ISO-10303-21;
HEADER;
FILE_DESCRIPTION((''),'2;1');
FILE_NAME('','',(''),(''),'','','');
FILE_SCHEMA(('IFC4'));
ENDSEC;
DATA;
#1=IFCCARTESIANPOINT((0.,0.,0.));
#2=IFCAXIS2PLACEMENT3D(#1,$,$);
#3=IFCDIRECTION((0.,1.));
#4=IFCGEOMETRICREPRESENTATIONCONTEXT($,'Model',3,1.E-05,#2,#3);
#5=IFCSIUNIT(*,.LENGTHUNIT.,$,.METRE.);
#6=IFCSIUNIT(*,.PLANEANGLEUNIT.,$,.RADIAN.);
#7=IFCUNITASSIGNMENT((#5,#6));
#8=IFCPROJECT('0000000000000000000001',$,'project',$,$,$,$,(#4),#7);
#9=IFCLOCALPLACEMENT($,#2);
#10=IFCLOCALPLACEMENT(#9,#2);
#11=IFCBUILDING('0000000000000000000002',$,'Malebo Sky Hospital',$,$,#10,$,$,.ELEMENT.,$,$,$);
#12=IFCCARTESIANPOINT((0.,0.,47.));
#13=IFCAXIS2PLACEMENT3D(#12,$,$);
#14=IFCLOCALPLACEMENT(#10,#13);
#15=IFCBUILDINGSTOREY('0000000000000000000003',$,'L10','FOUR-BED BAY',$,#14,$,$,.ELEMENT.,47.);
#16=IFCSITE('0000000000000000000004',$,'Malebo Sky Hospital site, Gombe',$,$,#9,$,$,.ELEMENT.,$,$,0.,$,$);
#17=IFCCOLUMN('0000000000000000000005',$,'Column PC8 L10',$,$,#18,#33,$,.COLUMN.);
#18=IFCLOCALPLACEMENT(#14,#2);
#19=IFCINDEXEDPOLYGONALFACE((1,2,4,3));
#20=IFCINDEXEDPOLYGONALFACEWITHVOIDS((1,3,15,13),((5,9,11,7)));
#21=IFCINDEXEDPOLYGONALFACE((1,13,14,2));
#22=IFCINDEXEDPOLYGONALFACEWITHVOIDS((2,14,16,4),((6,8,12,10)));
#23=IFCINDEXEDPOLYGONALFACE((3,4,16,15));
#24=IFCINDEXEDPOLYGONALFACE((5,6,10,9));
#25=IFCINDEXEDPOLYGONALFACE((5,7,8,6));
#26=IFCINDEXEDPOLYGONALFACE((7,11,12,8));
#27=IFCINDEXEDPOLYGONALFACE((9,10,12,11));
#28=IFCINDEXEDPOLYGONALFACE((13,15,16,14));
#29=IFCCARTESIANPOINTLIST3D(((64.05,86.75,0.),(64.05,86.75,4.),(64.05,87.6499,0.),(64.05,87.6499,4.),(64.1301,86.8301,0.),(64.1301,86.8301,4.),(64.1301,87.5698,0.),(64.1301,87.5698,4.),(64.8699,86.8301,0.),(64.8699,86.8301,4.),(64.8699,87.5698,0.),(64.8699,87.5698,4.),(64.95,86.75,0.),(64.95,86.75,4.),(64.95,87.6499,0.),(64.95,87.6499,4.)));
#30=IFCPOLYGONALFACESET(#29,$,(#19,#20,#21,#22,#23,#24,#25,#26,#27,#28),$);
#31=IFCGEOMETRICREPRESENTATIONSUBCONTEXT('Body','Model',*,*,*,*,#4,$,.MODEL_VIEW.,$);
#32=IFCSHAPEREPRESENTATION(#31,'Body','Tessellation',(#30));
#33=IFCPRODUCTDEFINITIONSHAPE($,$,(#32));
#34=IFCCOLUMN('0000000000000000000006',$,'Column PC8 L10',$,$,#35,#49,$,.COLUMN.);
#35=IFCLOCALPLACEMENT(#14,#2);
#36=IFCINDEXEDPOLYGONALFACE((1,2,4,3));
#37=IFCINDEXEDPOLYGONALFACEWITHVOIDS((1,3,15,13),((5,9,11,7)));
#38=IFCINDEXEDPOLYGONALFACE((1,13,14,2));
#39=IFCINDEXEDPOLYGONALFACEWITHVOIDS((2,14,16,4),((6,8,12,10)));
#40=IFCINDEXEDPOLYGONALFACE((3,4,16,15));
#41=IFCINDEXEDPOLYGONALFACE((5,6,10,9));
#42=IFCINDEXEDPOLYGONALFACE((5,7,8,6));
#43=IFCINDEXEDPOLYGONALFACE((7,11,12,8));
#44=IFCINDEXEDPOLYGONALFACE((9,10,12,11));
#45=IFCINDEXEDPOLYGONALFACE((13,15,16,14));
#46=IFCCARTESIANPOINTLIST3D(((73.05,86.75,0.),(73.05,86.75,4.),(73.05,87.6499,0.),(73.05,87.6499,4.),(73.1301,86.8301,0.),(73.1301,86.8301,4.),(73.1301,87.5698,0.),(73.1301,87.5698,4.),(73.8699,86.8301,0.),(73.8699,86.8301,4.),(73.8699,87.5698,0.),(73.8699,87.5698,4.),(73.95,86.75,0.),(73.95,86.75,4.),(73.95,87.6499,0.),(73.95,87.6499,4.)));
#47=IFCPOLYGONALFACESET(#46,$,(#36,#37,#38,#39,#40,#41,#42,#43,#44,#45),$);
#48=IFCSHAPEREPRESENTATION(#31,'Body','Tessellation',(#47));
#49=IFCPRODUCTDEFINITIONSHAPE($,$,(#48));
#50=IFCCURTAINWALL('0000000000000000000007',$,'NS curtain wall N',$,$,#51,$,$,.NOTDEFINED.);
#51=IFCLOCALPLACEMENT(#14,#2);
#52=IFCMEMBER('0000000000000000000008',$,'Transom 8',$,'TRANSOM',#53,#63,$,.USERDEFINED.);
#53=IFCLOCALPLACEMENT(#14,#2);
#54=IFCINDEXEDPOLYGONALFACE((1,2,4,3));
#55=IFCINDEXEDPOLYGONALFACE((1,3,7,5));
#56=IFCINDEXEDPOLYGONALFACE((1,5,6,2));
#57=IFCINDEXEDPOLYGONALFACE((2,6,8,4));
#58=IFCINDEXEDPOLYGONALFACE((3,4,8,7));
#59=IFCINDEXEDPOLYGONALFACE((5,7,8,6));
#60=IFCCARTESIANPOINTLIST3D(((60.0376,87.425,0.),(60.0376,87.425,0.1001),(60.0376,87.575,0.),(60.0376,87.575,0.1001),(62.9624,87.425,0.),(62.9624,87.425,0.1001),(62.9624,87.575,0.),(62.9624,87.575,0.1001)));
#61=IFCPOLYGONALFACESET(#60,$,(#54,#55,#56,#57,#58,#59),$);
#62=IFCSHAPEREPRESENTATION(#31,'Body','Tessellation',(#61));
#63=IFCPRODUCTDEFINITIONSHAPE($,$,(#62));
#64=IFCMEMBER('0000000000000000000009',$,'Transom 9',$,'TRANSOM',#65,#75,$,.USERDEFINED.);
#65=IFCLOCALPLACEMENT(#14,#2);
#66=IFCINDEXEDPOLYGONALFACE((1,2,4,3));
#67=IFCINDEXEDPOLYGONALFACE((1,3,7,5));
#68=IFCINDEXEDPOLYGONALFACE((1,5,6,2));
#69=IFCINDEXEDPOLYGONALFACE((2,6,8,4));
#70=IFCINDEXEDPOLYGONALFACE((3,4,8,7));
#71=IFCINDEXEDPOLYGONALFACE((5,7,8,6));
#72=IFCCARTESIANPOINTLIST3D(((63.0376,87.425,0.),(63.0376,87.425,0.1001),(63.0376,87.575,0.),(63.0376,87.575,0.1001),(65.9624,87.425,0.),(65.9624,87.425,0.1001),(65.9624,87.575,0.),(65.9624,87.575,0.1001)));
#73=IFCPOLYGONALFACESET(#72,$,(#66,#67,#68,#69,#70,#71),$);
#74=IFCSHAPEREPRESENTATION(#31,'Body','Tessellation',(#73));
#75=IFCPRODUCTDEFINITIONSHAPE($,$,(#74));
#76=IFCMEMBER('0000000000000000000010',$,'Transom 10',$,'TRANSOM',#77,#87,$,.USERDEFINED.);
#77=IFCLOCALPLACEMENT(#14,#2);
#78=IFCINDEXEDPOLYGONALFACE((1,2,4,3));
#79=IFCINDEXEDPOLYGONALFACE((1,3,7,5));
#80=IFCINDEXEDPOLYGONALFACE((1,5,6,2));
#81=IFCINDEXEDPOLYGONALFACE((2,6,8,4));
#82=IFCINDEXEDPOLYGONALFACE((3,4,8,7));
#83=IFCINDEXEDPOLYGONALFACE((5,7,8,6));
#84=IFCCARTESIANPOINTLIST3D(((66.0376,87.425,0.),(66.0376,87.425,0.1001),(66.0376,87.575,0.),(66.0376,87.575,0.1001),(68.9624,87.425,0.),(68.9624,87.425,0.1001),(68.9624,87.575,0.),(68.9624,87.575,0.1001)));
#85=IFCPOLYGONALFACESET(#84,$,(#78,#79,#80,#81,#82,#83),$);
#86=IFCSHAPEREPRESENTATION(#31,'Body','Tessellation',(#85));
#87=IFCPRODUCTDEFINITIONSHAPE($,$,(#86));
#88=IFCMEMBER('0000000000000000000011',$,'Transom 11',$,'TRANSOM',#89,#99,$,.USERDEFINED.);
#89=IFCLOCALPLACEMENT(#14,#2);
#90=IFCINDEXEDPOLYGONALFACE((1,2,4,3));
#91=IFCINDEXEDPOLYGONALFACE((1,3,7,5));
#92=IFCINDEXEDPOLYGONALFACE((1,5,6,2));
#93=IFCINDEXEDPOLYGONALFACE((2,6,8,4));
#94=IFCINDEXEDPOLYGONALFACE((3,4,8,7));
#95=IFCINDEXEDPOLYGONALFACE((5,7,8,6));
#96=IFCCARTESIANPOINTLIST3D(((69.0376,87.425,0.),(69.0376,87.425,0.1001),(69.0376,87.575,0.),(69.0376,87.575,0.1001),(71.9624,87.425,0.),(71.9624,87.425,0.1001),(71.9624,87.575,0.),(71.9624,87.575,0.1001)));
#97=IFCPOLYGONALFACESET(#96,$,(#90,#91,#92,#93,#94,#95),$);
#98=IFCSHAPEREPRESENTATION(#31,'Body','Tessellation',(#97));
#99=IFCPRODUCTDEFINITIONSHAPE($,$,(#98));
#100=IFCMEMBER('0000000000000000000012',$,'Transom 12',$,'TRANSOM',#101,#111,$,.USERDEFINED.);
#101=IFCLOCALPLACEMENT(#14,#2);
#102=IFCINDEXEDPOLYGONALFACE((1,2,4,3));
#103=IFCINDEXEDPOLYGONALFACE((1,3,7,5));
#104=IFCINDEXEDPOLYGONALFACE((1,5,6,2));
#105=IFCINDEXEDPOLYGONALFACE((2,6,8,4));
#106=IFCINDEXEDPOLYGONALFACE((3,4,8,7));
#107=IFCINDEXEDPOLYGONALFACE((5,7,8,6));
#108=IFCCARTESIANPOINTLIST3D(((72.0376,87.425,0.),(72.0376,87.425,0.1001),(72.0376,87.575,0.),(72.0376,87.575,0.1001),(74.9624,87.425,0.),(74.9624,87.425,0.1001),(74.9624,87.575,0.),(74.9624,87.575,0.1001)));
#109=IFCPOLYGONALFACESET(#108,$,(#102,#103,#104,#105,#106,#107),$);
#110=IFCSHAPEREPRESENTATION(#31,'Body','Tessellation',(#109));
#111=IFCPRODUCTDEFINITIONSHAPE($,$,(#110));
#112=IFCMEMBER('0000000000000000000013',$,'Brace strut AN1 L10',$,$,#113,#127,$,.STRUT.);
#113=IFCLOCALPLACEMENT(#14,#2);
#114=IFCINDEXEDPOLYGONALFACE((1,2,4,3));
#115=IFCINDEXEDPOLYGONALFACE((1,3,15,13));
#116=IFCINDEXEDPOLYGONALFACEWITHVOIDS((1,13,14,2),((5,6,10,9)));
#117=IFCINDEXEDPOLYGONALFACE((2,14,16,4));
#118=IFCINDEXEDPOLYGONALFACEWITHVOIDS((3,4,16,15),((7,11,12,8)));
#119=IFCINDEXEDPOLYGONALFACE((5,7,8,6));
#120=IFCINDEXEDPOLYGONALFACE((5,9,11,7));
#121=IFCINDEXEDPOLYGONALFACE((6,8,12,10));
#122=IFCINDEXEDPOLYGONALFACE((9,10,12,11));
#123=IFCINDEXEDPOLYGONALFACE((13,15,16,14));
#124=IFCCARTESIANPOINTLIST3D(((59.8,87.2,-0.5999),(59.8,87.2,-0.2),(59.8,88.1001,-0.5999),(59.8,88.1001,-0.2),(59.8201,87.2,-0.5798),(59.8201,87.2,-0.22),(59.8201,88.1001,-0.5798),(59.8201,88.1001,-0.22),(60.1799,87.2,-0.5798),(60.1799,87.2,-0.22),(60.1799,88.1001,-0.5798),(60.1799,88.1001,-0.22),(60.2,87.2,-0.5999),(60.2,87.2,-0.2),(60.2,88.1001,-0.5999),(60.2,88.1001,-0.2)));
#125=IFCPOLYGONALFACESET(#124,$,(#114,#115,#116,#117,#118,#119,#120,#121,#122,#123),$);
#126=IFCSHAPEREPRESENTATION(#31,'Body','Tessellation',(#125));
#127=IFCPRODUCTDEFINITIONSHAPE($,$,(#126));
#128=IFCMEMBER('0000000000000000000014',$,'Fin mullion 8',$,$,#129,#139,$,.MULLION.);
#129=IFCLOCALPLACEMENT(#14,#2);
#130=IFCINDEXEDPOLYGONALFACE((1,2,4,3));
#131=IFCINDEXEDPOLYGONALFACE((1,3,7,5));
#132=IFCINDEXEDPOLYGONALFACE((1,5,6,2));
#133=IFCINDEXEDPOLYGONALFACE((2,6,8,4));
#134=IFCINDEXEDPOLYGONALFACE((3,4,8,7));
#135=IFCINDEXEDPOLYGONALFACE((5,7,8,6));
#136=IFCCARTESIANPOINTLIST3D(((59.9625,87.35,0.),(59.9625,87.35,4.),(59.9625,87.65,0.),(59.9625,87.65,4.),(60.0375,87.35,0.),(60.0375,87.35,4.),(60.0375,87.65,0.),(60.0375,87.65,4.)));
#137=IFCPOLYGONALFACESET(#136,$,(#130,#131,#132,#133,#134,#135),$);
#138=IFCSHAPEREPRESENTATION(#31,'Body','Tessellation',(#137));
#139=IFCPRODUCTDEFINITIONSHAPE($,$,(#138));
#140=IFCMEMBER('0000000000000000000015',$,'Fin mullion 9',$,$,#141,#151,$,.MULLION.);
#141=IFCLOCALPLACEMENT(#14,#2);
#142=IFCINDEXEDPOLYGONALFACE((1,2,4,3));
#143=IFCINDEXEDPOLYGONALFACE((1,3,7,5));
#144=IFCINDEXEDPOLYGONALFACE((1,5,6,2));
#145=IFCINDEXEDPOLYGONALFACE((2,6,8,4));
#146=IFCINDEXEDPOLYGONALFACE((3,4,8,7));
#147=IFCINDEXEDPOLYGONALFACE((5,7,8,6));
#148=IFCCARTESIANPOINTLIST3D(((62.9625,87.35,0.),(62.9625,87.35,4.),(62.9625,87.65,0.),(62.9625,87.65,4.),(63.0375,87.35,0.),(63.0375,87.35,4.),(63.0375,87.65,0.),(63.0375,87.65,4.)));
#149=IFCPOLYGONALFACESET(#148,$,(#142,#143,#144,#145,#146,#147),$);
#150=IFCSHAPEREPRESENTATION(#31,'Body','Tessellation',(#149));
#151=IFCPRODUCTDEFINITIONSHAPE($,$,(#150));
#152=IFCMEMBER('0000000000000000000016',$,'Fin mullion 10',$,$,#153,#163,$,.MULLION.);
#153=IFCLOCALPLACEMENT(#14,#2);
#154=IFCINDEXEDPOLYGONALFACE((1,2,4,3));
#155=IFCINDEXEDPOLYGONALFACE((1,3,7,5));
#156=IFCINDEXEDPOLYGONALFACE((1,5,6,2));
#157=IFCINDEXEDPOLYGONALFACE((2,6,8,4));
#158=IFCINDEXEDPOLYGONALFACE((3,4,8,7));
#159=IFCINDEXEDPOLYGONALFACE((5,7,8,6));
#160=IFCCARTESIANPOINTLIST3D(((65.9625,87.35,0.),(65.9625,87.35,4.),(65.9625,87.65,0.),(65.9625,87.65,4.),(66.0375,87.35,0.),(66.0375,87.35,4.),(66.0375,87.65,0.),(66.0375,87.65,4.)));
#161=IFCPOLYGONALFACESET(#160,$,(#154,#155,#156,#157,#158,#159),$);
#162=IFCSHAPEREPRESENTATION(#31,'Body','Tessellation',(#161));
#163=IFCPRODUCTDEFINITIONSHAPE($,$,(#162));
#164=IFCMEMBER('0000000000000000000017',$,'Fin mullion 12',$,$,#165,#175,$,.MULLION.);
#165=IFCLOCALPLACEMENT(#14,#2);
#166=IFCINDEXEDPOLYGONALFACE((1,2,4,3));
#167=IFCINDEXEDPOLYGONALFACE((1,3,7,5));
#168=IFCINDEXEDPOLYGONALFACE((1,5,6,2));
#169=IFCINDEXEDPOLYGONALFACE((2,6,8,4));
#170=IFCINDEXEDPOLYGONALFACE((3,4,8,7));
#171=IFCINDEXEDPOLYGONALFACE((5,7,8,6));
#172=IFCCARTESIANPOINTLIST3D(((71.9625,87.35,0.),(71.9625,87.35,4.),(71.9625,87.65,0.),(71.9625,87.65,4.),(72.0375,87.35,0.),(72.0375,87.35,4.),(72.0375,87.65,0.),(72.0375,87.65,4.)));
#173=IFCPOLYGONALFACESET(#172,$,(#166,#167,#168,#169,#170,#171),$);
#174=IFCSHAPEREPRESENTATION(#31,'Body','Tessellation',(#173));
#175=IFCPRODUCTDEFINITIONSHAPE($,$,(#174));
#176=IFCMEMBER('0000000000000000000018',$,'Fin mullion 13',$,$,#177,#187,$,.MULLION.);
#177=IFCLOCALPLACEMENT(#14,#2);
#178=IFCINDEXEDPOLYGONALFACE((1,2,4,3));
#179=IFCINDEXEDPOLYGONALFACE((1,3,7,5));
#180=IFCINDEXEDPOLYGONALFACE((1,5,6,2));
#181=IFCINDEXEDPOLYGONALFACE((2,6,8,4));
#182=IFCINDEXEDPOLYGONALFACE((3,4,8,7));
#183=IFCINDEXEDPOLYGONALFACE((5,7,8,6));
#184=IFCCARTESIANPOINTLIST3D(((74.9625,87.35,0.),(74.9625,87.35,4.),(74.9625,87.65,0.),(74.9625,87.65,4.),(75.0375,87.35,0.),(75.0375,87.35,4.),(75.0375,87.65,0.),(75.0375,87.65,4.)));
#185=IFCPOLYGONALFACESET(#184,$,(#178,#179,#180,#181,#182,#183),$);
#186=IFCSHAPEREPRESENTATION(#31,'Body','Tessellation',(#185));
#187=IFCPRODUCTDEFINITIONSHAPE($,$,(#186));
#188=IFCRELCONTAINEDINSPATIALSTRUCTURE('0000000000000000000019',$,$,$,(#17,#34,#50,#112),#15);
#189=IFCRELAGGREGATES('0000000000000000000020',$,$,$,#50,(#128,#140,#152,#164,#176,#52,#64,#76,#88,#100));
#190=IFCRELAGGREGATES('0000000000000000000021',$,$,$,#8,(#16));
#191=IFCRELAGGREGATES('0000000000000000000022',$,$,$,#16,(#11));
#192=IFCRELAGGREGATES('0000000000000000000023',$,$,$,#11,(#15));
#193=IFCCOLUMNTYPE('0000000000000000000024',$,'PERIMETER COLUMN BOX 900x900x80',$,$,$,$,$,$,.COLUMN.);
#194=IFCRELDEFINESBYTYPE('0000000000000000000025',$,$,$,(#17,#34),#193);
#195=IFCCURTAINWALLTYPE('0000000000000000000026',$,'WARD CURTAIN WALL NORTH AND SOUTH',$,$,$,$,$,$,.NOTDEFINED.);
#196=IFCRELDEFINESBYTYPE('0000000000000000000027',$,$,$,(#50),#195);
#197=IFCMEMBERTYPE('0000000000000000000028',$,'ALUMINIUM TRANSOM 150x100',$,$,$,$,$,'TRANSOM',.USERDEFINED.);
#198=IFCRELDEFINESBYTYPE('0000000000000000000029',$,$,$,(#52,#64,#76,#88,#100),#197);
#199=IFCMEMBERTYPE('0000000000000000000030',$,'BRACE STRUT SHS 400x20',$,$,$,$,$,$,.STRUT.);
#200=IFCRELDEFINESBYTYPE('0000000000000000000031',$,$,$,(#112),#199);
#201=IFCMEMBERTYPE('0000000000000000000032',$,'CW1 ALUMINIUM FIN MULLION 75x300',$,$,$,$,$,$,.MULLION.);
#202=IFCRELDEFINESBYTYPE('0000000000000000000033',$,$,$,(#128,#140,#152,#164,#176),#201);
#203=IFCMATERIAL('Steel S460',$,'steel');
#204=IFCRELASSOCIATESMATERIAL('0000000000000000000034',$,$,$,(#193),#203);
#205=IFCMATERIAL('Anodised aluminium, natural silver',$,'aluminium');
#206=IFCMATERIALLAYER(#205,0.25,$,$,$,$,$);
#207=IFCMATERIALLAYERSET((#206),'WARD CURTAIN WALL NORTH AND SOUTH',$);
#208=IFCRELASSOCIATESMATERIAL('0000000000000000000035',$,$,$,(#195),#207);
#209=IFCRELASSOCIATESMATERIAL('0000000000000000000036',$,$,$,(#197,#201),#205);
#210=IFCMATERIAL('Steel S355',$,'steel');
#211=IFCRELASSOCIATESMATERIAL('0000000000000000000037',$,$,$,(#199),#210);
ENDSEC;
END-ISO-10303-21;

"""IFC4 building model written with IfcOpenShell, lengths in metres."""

from ifc_helpers import new_model, si_unit, direction, frame, origin, origin_2d, place, context, subcontext, project, spatial, rectangle, hollow_rectangle, extrude, material, layer, layer_set, material_profile, profile_set, type_object, element, aggregate, save


model = new_model("IFC4")

# Units and contexts
model_context = context("Model", 3, precision=1e-05, world=origin(), true_north=direction((0.0, 1.0)))
body_context = subcontext(model_context, "Body", "Model", "MODEL_VIEW")
ifc_project = project(units=[si_unit("LENGTHUNIT", "METRE"), si_unit("PLANEANGLEUNIT", "RADIAN")], contexts=[model_context])

# Site, building, storey
site_placement = place(None, origin())
site = spatial("IfcSite", under=ifc_project, at=site_placement, Name="Malebo Sky Hospital site, Gombe", CompositionType="ELEMENT", RefElevation=0.0)
building_placement = place(site_placement, origin())
building = spatial("IfcBuilding", under=site, at=building_placement, Name="Malebo Sky Hospital", CompositionType="ELEMENT")
storey_placement = place(building_placement, frame((0.0, 0.0, 47.0)))
storey = spatial("IfcBuildingStorey", under=building, at=storey_placement, Name="L10", Description="FOUR-BED BAY", CompositionType="ELEMENT", Elevation=47.0)

# Columns
ifc_material_1 = material(Name="Steel S460", Category="steel")
ifc_material_profile_1 = material_profile(ifc_material_1, hollow_rectangle(XDim=0.8999, YDim=0.8999, WallThickness=0.0801, at=origin_2d()), Name="BOX 900x900x80")
ifc_profile_set_1 = profile_set([ifc_material_profile_1], Name="Steel S460")
column_type = type_object("IfcColumnType", Name="PERIMETER COLUMN BOX 900x900x80", PredefinedType="COLUMN", material=ifc_profile_set_1)
for number, where, z_axis, x_axis, name in (
    (1, (64.5, 87.2, 0.0), (0.0, 0.0, 1.0), (1.0, 0.0, 0.0), "Column PC8 L10"),
    (2, (73.5, 87.2, 0.0), (0.0, 0.0, 1.0), (1.0, 0.0, 0.0), "Column PC8 L10"),
):
    element("IfcColumn", number, at=place(storey_placement, frame(where, z_axis=z_axis, x_axis=x_axis)), inside=storey, type_object=column_type, Name=name, PredefinedType="COLUMN", context=body_context, shape_type="SweptSolid", body=[
        extrude(hollow_rectangle(XDim=0.8999, YDim=0.8999, WallThickness=0.0801, at=origin_2d()), origin(), (0.0, 0.0, 1.0), 4.0),
    ])

# Curtain wall, members
ifc_material_2 = material(Name="Anodised aluminium, natural silver", Category="aluminium")
ifc_layer_1 = layer(ifc_material_2, 0.25)
ifc_layer_set_1 = layer_set([ifc_layer_1], Name="WARD CURTAIN WALL NORTH AND SOUTH")
curtain_wall_type = type_object("IfcCurtainWallType", Name="WARD CURTAIN WALL NORTH AND SOUTH", PredefinedType="NOTDEFINED", material=ifc_layer_set_1)
curtain_wall_placement = place(storey_placement, origin())
curtain_wall = element("IfcCurtainWall", 3, at=curtain_wall_placement, inside=storey, type_object=curtain_wall_type, Name="NS curtain wall N", PredefinedType="NOTDEFINED")
ifc_material_profile_2 = material_profile(ifc_material_2, rectangle(XDim=0.1499, YDim=0.1001, at=origin_2d()), Name="ALUMINIUM TRANSOM 150x100")
ifc_profile_set_2 = profile_set([ifc_material_profile_2], Name="Anodised aluminium, natural silver")
member_type_1 = type_object("IfcMemberType", Name="ALUMINIUM TRANSOM 150x100", ElementType="TRANSOM", PredefinedType="USERDEFINED", material=ifc_profile_set_2)
member_1_placement = place(storey_placement, frame((60.0376, 87.5, 0.05), z_axis=(1.0, 0.0, 0.0), x_axis=(0.0, 1.0, 0.0)))
member_1 = element("IfcMember", 4, at=member_1_placement, type_object=member_type_1, Name="Transom 8", ObjectType="TRANSOM", PredefinedType="USERDEFINED", context=body_context, shape_type="SweptSolid", body=[
    extrude(rectangle(XDim=0.1499, YDim=0.1001, at=origin_2d()), origin(), (0.0, 0.0, 1.0), 2.9248),
])
member_2_placement = place(storey_placement, frame((63.0376, 87.5, 0.05), z_axis=(1.0, 0.0, 0.0), x_axis=(0.0, 1.0, 0.0)))
member_2 = element("IfcMember", 5, at=member_2_placement, type_object=member_type_1, Name="Transom 9", ObjectType="TRANSOM", PredefinedType="USERDEFINED", context=body_context, shape_type="SweptSolid", body=[
    extrude(rectangle(XDim=0.1499, YDim=0.1001, at=origin_2d()), origin(), (0.0, 0.0, 1.0), 2.9248),
])
member_3_placement = place(storey_placement, frame((66.0376, 87.5, 0.05), z_axis=(1.0, 0.0, 0.0), x_axis=(0.0, 1.0, 0.0)))
member_3 = element("IfcMember", 6, at=member_3_placement, type_object=member_type_1, Name="Transom 10", ObjectType="TRANSOM", PredefinedType="USERDEFINED", context=body_context, shape_type="SweptSolid", body=[
    extrude(rectangle(XDim=0.1499, YDim=0.1001, at=origin_2d()), origin(), (0.0, 0.0, 1.0), 2.9248),
])
member_4_placement = place(storey_placement, frame((69.0376, 87.5, 0.05), z_axis=(1.0, 0.0, 0.0), x_axis=(0.0, 1.0, 0.0)))
member_4 = element("IfcMember", 7, at=member_4_placement, type_object=member_type_1, Name="Transom 11", ObjectType="TRANSOM", PredefinedType="USERDEFINED", context=body_context, shape_type="SweptSolid", body=[
    extrude(rectangle(XDim=0.1499, YDim=0.1001, at=origin_2d()), origin(), (0.0, 0.0, 1.0), 2.9248),
])
member_5_placement = place(storey_placement, frame((72.0376, 87.5, 0.05), z_axis=(1.0, 0.0, 0.0), x_axis=(0.0, 1.0, 0.0)))
member_5 = element("IfcMember", 8, at=member_5_placement, type_object=member_type_1, Name="Transom 12", ObjectType="TRANSOM", PredefinedType="USERDEFINED", context=body_context, shape_type="SweptSolid", body=[
    extrude(rectangle(XDim=0.1499, YDim=0.1001, at=origin_2d()), origin(), (0.0, 0.0, 1.0), 2.9248),
])

# Members
ifc_material_3 = material(Name="Steel S355", Category="steel")
ifc_material_profile_3 = material_profile(ifc_material_3, hollow_rectangle(XDim=0.3999, YDim=0.3999, WallThickness=0.02, at=origin_2d()), Name="SHS 400x20")
ifc_profile_set_3 = profile_set([ifc_material_profile_3], Name="Steel S355")
member_type_2 = type_object("IfcMemberType", Name="BRACE STRUT SHS 400x20", PredefinedType="STRUT", material=ifc_profile_set_3)
member_6_placement = place(storey_placement, frame((60.0, 88.1001, -0.3999), z_axis=(0.0, -1.0, 0.0), x_axis=(1.0, 0.0, 0.0)))
element("IfcMember", 9, at=member_6_placement, inside=storey, type_object=member_type_2, Name="Brace strut AN1 L10", PredefinedType="STRUT", context=body_context, shape_type="SweptSolid", body=[
    extrude(hollow_rectangle(XDim=0.3999, YDim=0.3999, WallThickness=0.02, at=origin_2d()), origin(), (0.0, 0.0, 1.0), 0.9001),
])
ifc_material_profile_4 = material_profile(ifc_material_2, rectangle(XDim=0.075, YDim=0.3, at=origin_2d()), Name="CW1 ALUMINIUM FIN MULLION 75x300")
ifc_profile_set_4 = profile_set([ifc_material_profile_4], Name="Anodised aluminium, natural silver")
member_type_3 = type_object("IfcMemberType", Name="CW1 ALUMINIUM FIN MULLION 75x300", PredefinedType="MULLION", material=ifc_profile_set_4)
member_7_placement = place(storey_placement, frame((60.0, 87.5, 0.0), z_axis=(0.0, 0.0, 1.0), x_axis=(1.0, 0.0, 0.0)))
member_7 = element("IfcMember", 10, at=member_7_placement, type_object=member_type_3, Name="Fin mullion 8", PredefinedType="MULLION", context=body_context, shape_type="SweptSolid", body=[
    extrude(rectangle(XDim=0.075, YDim=0.3, at=origin_2d()), origin(), (0.0, 0.0, 1.0), 4.0),
])
member_8_placement = place(storey_placement, frame((63.0, 87.5, 0.0), z_axis=(0.0, 0.0, 1.0), x_axis=(1.0, 0.0, 0.0)))
member_8 = element("IfcMember", 11, at=member_8_placement, type_object=member_type_3, Name="Fin mullion 9", PredefinedType="MULLION", context=body_context, shape_type="SweptSolid", body=[
    extrude(rectangle(XDim=0.075, YDim=0.3, at=origin_2d()), origin(), (0.0, 0.0, 1.0), 4.0),
])
member_9_placement = place(storey_placement, frame((66.0, 87.5, 0.0), z_axis=(0.0, 0.0, 1.0), x_axis=(1.0, 0.0, 0.0)))
member_9 = element("IfcMember", 12, at=member_9_placement, type_object=member_type_3, Name="Fin mullion 10", PredefinedType="MULLION", context=body_context, shape_type="SweptSolid", body=[
    extrude(rectangle(XDim=0.075, YDim=0.3, at=origin_2d()), origin(), (0.0, 0.0, 1.0), 4.0),
])
member_10_placement = place(storey_placement, frame((72.0, 87.5, 0.0), z_axis=(0.0, 0.0, 1.0), x_axis=(1.0, 0.0, 0.0)))
member_10 = element("IfcMember", 13, at=member_10_placement, type_object=member_type_3, Name="Fin mullion 12", PredefinedType="MULLION", context=body_context, shape_type="SweptSolid", body=[
    extrude(rectangle(XDim=0.075, YDim=0.3, at=origin_2d()), origin(), (0.0, 0.0, 1.0), 4.0),
])
member_11_placement = place(storey_placement, frame((75.0, 87.5, 0.0), z_axis=(0.0, 0.0, 1.0), x_axis=(1.0, 0.0, 0.0)))
member_11 = element("IfcMember", 14, at=member_11_placement, type_object=member_type_3, Name="Fin mullion 13", PredefinedType="MULLION", context=body_context, shape_type="SweptSolid", body=[
    extrude(rectangle(XDim=0.075, YDim=0.3, at=origin_2d()), origin(), (0.0, 0.0, 1.0), 4.0),
])

aggregate(curtain_wall, [member_7, member_8, member_9, member_10, member_11, member_1, member_2, member_3, member_4, member_5])

save(model, "model.ifc")
